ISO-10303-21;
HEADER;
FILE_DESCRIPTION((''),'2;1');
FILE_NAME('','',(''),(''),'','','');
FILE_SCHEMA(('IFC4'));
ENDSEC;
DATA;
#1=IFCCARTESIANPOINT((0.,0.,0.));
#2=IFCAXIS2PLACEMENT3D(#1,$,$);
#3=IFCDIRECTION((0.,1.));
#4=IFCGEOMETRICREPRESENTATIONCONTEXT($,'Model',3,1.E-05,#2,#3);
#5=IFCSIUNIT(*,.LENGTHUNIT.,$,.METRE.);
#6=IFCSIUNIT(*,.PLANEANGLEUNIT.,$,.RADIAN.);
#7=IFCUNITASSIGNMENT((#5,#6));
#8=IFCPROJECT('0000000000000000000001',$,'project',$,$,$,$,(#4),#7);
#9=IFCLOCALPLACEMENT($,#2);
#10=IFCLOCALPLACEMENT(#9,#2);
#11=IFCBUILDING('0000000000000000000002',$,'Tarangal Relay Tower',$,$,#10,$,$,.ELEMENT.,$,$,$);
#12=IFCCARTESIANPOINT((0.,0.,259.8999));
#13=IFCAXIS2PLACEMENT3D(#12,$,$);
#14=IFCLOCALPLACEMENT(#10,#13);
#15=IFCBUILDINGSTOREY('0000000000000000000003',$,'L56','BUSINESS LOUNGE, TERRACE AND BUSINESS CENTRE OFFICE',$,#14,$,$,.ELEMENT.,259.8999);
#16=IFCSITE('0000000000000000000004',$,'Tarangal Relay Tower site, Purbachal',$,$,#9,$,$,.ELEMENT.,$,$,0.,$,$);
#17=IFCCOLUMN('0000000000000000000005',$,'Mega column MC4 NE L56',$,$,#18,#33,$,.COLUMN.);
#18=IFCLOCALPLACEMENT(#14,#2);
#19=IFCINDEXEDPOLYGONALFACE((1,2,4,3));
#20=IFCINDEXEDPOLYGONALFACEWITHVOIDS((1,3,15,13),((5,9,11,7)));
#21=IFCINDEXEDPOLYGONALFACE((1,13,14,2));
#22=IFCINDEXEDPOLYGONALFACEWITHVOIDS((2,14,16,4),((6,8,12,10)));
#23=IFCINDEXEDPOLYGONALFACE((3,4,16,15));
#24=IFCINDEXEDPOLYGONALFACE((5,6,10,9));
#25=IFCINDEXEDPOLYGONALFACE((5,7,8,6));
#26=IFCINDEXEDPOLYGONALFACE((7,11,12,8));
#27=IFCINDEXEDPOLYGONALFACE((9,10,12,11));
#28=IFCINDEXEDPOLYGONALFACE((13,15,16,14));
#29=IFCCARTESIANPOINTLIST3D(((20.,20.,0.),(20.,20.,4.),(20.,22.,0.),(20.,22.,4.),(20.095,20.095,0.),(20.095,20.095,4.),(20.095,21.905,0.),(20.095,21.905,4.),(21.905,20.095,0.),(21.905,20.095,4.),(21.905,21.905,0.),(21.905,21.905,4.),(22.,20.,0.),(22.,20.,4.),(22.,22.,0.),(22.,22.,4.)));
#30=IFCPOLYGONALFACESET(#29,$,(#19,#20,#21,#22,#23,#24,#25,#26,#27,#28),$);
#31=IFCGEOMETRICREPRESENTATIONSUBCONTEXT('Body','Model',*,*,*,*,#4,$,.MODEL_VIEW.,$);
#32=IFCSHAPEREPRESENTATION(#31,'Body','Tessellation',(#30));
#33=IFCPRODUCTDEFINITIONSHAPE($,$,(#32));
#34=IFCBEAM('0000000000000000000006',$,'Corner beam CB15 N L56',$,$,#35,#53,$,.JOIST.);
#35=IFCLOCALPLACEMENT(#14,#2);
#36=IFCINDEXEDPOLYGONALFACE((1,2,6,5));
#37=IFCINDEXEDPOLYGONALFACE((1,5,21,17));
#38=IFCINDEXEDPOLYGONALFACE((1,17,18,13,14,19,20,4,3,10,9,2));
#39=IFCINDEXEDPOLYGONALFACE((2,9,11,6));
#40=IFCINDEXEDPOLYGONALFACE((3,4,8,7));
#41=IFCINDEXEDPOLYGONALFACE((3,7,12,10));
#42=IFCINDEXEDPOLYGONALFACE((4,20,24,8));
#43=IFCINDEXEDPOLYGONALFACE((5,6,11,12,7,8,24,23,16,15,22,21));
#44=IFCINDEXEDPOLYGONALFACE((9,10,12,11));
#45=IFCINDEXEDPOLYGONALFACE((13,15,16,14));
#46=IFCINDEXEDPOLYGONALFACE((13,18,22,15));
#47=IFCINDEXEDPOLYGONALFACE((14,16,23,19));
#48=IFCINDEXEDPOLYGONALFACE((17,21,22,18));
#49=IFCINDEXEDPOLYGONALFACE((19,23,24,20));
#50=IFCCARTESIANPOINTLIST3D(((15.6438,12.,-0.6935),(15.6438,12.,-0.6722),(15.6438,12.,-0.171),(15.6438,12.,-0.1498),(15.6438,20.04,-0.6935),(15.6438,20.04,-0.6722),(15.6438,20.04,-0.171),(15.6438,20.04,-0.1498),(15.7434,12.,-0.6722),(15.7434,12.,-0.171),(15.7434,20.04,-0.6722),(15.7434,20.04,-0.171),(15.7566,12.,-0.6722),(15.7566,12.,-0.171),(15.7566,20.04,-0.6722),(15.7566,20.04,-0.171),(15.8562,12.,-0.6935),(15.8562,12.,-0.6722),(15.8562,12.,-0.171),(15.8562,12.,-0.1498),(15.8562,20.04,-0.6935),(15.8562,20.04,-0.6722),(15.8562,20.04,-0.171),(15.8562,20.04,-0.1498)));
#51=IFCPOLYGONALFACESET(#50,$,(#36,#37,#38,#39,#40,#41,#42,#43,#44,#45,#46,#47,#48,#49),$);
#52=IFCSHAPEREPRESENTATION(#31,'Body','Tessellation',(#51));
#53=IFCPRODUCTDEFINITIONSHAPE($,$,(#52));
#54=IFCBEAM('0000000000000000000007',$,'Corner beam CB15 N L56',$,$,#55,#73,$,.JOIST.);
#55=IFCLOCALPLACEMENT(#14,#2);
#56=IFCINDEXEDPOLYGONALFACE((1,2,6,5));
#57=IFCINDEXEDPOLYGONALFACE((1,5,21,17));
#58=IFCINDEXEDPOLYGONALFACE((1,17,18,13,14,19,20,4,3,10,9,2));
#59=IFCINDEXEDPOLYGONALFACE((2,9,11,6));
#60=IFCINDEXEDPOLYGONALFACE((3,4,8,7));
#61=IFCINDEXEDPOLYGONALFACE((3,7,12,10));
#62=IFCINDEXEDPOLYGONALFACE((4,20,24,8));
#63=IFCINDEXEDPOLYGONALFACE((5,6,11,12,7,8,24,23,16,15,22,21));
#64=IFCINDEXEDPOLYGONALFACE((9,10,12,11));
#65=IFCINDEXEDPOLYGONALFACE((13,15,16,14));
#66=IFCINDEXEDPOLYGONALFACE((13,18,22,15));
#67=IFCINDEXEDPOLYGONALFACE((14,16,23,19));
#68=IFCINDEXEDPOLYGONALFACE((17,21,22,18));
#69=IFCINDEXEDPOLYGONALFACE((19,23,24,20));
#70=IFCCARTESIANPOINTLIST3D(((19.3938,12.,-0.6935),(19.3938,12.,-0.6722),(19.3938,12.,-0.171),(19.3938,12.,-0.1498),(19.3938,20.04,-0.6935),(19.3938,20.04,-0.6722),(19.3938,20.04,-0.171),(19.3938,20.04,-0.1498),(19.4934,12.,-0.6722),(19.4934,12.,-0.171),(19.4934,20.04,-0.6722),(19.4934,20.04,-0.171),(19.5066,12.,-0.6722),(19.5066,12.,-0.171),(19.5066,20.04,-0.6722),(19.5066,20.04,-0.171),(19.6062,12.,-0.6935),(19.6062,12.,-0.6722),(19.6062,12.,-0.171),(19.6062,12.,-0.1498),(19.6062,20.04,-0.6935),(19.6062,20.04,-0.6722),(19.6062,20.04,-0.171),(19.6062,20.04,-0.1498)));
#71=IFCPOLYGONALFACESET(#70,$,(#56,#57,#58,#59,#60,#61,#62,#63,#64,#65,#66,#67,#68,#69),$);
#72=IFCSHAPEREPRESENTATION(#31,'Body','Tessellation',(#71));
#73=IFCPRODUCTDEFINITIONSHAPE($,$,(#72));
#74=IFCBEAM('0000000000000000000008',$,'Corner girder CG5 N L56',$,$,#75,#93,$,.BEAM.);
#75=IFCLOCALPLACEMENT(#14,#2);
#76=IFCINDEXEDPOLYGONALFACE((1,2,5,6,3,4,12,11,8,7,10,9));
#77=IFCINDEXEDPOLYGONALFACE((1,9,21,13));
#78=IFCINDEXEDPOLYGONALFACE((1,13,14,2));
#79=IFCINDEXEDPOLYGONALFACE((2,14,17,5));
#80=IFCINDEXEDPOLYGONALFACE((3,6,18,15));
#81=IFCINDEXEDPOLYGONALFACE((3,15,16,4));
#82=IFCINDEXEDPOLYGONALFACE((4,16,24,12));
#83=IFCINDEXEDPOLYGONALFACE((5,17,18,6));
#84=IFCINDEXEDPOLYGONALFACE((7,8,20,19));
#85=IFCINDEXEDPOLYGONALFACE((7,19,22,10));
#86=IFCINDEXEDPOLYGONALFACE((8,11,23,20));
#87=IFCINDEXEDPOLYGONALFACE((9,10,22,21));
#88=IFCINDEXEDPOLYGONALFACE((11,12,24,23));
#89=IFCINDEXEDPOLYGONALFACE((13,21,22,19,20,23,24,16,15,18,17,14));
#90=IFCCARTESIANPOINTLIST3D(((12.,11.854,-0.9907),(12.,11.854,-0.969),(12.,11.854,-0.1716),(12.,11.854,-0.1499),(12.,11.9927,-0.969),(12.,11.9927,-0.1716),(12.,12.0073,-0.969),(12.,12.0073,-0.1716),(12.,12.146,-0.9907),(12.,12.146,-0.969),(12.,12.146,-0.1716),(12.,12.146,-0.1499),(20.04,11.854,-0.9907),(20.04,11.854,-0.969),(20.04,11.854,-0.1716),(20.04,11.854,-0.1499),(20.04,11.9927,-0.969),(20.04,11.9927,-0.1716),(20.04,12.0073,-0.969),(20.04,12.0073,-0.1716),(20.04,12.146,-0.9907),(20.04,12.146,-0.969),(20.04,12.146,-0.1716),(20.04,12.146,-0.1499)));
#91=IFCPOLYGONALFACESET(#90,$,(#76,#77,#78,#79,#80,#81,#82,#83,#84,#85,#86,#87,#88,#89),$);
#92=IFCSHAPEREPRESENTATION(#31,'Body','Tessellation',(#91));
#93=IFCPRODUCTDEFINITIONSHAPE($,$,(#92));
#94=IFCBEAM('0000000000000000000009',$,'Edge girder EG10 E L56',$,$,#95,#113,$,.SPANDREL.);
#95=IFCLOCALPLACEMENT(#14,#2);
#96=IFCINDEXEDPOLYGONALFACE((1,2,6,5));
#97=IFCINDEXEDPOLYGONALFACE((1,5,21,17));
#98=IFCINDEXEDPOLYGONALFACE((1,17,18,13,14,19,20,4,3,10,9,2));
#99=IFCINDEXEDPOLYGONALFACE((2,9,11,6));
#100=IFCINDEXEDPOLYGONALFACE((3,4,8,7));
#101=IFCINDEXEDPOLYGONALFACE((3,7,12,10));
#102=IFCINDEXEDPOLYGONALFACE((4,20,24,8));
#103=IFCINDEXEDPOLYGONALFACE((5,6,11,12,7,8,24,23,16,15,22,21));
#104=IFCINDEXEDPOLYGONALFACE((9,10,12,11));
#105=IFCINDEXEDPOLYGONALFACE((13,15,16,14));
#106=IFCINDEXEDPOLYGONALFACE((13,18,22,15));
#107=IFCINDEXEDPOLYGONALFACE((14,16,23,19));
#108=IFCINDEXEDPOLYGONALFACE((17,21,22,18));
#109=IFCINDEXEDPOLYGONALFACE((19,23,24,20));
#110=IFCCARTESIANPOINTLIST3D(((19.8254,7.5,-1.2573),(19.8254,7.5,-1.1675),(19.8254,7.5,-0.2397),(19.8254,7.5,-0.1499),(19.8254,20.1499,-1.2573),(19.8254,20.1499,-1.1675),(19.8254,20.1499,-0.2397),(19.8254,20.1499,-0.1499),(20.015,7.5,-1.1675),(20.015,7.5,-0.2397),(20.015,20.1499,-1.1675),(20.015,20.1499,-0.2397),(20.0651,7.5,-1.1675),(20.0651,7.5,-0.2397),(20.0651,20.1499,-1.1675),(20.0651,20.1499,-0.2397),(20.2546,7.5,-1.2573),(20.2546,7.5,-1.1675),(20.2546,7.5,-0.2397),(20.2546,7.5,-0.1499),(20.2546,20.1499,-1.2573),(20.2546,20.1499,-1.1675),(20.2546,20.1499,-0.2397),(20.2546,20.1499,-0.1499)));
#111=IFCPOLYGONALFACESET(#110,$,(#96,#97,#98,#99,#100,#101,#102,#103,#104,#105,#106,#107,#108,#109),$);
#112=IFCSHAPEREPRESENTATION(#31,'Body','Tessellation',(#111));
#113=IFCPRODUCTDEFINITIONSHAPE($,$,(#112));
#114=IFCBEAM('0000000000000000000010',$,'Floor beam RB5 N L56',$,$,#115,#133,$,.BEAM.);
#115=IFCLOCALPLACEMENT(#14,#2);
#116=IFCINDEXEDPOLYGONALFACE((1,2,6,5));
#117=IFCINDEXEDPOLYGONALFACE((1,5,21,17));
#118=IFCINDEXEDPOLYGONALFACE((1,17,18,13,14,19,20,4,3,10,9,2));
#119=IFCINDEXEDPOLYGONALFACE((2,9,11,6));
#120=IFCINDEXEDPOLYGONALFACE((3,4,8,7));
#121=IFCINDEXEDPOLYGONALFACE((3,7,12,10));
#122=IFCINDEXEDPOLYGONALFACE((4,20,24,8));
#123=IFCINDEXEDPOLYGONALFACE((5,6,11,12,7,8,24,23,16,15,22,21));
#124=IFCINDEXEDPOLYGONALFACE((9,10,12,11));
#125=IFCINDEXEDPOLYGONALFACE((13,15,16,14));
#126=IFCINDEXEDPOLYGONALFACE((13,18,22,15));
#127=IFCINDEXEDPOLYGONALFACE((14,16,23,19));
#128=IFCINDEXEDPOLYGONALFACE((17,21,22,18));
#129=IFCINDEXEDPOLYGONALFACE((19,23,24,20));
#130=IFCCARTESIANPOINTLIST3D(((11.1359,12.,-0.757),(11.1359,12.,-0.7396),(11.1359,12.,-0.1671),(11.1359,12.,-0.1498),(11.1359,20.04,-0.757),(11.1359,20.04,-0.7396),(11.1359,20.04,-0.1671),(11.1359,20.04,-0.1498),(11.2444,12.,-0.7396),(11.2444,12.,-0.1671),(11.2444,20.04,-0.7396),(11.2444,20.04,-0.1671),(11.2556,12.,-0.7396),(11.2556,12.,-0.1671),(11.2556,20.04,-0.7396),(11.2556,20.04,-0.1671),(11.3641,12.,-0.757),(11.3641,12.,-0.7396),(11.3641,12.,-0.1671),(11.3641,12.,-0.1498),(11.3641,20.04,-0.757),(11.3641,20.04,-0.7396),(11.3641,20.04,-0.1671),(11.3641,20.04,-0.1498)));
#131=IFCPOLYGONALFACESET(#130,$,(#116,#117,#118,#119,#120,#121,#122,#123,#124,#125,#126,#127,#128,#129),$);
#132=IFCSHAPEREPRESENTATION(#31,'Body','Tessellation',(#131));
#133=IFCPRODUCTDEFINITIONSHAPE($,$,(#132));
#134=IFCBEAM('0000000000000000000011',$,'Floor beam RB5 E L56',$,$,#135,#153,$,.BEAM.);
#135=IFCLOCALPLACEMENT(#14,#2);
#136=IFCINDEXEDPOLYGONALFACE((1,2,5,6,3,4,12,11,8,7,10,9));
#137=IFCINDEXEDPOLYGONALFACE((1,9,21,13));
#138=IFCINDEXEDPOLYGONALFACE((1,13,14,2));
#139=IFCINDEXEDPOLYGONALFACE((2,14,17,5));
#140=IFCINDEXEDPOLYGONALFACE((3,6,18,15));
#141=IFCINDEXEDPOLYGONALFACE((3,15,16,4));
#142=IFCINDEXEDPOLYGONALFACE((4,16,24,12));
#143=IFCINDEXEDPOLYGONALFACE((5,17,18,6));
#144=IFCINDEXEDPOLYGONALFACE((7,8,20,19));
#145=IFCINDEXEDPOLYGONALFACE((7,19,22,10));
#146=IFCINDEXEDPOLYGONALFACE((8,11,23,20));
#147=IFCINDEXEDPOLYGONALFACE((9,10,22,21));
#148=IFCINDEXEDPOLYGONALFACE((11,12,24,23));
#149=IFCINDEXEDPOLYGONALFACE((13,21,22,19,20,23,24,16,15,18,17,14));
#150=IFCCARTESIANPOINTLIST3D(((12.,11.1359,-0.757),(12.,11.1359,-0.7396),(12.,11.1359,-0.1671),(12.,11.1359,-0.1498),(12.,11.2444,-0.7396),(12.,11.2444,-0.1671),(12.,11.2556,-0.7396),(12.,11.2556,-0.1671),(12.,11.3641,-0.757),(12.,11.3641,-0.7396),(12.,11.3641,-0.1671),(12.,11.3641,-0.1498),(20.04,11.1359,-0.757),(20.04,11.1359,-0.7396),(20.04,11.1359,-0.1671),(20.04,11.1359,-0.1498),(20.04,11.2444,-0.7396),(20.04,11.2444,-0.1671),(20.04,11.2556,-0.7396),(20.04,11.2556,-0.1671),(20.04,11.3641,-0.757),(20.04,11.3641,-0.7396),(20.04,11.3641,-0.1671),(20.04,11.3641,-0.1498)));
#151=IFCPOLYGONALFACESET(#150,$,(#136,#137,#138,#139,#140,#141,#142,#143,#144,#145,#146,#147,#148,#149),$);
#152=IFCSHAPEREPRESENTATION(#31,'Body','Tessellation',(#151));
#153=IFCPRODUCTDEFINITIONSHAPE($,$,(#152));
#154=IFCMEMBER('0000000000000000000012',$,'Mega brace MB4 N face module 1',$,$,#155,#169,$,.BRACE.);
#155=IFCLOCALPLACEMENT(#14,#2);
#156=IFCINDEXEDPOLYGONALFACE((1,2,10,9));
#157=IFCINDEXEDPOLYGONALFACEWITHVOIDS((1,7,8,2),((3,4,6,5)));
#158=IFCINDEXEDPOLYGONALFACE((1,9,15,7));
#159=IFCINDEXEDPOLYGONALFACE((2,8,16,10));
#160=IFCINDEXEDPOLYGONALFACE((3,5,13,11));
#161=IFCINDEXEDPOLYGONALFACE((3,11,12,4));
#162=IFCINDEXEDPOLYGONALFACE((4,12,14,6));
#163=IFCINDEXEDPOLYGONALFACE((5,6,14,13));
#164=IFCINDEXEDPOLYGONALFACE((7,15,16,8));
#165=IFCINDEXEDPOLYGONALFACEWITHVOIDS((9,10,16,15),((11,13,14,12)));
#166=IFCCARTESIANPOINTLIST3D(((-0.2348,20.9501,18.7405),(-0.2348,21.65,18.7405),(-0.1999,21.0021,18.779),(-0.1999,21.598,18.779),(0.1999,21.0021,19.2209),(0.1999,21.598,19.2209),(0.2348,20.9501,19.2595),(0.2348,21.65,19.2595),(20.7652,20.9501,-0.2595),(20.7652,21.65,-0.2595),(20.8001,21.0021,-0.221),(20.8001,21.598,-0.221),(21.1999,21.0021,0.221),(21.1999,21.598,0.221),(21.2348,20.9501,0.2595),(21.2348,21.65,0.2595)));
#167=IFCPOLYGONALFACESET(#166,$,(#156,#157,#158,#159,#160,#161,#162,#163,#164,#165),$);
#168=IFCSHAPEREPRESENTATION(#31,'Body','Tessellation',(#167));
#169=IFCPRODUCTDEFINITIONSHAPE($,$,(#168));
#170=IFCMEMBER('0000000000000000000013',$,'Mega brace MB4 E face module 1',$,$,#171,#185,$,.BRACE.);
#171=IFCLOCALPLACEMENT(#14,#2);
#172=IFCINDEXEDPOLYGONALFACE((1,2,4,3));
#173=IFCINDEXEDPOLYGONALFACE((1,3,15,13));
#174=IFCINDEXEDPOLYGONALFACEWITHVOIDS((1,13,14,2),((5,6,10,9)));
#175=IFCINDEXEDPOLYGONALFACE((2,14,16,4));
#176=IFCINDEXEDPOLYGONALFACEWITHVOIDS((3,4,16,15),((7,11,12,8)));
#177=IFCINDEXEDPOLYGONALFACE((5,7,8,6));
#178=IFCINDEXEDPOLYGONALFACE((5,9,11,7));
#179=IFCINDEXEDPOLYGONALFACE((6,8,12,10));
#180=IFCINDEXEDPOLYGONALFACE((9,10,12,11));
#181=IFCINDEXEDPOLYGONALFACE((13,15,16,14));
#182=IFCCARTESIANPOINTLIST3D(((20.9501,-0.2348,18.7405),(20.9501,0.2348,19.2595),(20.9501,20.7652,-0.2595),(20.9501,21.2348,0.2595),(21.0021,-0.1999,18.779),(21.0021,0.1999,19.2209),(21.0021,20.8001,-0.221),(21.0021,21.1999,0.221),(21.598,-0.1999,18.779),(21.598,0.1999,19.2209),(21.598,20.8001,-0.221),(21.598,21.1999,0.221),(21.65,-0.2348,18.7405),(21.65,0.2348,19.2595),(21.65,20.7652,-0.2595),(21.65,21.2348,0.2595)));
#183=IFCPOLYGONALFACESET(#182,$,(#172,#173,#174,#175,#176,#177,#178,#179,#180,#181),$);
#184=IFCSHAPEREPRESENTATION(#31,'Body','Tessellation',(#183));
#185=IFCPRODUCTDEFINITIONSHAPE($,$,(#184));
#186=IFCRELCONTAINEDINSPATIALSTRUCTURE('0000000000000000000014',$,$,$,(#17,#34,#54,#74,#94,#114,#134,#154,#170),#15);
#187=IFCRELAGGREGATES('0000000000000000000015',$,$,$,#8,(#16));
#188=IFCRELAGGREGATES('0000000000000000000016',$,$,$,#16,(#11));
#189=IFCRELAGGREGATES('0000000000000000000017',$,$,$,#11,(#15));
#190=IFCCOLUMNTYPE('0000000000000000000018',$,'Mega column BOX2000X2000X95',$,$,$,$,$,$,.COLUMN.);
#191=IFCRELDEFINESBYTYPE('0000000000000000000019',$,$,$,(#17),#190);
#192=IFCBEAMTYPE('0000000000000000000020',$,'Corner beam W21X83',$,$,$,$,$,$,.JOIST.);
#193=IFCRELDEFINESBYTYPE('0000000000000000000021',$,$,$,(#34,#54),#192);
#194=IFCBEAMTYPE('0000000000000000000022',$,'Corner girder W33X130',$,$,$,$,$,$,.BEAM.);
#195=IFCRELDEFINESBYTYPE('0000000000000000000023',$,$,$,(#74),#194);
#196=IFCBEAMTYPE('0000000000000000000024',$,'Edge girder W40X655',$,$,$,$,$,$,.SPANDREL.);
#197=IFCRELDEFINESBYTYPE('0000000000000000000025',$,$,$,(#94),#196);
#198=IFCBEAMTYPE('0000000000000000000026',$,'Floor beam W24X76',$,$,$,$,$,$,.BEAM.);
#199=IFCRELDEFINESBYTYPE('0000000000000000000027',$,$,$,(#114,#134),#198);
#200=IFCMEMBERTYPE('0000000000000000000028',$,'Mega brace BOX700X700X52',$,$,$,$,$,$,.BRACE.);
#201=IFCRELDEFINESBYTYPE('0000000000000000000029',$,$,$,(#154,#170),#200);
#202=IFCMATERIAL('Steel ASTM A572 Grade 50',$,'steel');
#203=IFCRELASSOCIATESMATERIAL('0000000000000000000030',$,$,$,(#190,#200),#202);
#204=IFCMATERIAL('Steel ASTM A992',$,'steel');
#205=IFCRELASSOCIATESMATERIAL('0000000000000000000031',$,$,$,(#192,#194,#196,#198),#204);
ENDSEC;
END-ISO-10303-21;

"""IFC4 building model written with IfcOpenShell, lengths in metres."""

from ifc_helpers import new_model, si_unit, direction, frame, origin, origin_2d, place, context, subcontext, project, spatial, hollow_rectangle, i_section, extrude, material, material_profile, profile_set, type_object, element, save


model = new_model("IFC4")

# Units and contexts
model_context = context("Model", 3, precision=1e-05, world=origin(), true_north=direction((0.0, 1.0)))
body_context = subcontext(model_context, "Body", "Model", "MODEL_VIEW")
ifc_project = project(units=[si_unit("LENGTHUNIT", "METRE"), si_unit("PLANEANGLEUNIT", "RADIAN")], contexts=[model_context])

# Site, building, storey
site_placement = place(None, origin())
site = spatial("IfcSite", under=ifc_project, at=site_placement, Name="Tarangal Relay Tower site, Purbachal", CompositionType="ELEMENT", RefElevation=0.0)
building_placement = place(site_placement, origin())
building = spatial("IfcBuilding", under=site, at=building_placement, Name="Tarangal Relay Tower", CompositionType="ELEMENT")
storey_placement = place(building_placement, frame((0.0, 0.0, 259.8999)))
storey = spatial("IfcBuildingStorey", under=building, at=storey_placement, Name="L56", Description="BUSINESS LOUNGE, TERRACE AND BUSINESS CENTRE OFFICE", CompositionType="ELEMENT", Elevation=259.8999)

# Column
ifc_material_1 = material(Name="Steel ASTM A572 Grade 50", Category="steel")
ifc_material_profile_1 = material_profile(ifc_material_1, hollow_rectangle(XDim=2.0, YDim=2.0, WallThickness=0.095, at=origin_2d()), Name="BOX2000X2000X95")
ifc_profile_set_1 = profile_set([ifc_material_profile_1], Name="Steel ASTM A572 Grade 50")
column_type = type_object("IfcColumnType", Name="Mega column BOX2000X2000X95", PredefinedType="COLUMN", material=ifc_profile_set_1)
column_placement = place(storey_placement, frame((21.0, 21.0, 0.0), z_axis=(0.0, 0.0, 1.0), x_axis=(1.0, 0.0, 0.0)))
element("IfcColumn", 1, at=column_placement, inside=storey, type_object=column_type, Name="Mega column MC4 NE L56", PredefinedType="COLUMN", context=body_context, shape_type="SweptSolid", body=[
    extrude(hollow_rectangle(XDim=2.0, YDim=2.0, WallThickness=0.095, at=origin_2d()), origin(), (0.0, 0.0, 1.0), 4.0),
])

# Beams
ifc_material_2 = material(Name="Steel ASTM A992", Category="steel")
ifc_material_profile_2 = material_profile(ifc_material_2, i_section(OverallWidth=0.2124, OverallDepth=0.5437, WebThickness=0.0132, FlangeThickness=0.0212, at=origin_2d()), Name="W21X83")
ifc_profile_set_2 = profile_set([ifc_material_profile_2], Name="Steel ASTM A992")
beam_type_1 = type_object("IfcBeamType", Name="Corner beam W21X83", PredefinedType="JOIST", material=ifc_profile_set_2)
for number, where, z_axis, x_axis, name in (
    (2, (15.75, 12.0, -0.4216), (0.0, 1.0, 0.0), (-1.0, 0.0, 0.0), "Corner beam CB15 N L56"),
    (3, (19.5, 12.0, -0.4216), (0.0, 1.0, 0.0), (-1.0, 0.0, 0.0), "Corner beam CB15 N L56"),
):
    element("IfcBeam", number, at=place(storey_placement, frame(where, z_axis=z_axis, x_axis=x_axis)), inside=storey, type_object=beam_type_1, Name=name, PredefinedType="JOIST", context=body_context, shape_type="SweptSolid", body=[
        extrude(i_section(OverallWidth=0.2124, OverallDepth=0.5437, WebThickness=0.0132, FlangeThickness=0.0212, at=origin_2d()), origin(), (0.0, 0.0, 1.0), 8.04),
    ])
ifc_material_profile_3 = material_profile(ifc_material_2, i_section(OverallWidth=0.292, OverallDepth=0.8408, WebThickness=0.0146, FlangeThickness=0.0217, at=origin_2d()), Name="W33X130")
ifc_profile_set_3 = profile_set([ifc_material_profile_3], Name="Steel ASTM A992")
beam_type_2 = type_object("IfcBeamType", Name="Corner girder W33X130", PredefinedType="BEAM", material=ifc_profile_set_3)
beam_1_placement = place(storey_placement, frame((12.0, 12.0, -0.5703), z_axis=(1.0, 0.0, 0.0), x_axis=(0.0, 1.0, 0.0)))
element("IfcBeam", 4, at=beam_1_placement, inside=storey, type_object=beam_type_2, Name="Corner girder CG5 N L56", PredefinedType="BEAM", context=body_context, shape_type="SweptSolid", body=[
    extrude(i_section(OverallWidth=0.292, OverallDepth=0.8408, WebThickness=0.0146, FlangeThickness=0.0217, at=origin_2d()), origin(), (0.0, 0.0, 1.0), 8.04),
])
ifc_material_profile_4 = material_profile(ifc_material_2, i_section(OverallWidth=0.4292, OverallDepth=1.1074, WebThickness=0.05, FlangeThickness=0.0898, at=origin_2d()), Name="W40X655")
ifc_profile_set_4 = profile_set([ifc_material_profile_4], Name="Steel ASTM A992")
beam_type_3 = type_object("IfcBeamType", Name="Edge girder W40X655", PredefinedType="SPANDREL", material=ifc_profile_set_4)
beam_2_placement = place(storey_placement, frame((20.04, 20.1499, -0.7036), z_axis=(0.0, -1.0, 0.0), x_axis=(1.0, 0.0, 0.0)))
element("IfcBeam", 5, at=beam_2_placement, inside=storey, type_object=beam_type_3, Name="Edge girder EG10 E L56", PredefinedType="SPANDREL", context=body_context, shape_type="SweptSolid", body=[
    extrude(i_section(OverallWidth=0.4292, OverallDepth=1.1074, WebThickness=0.05, FlangeThickness=0.0898, at=origin_2d()), origin(), (0.0, 0.0, 1.0), 12.6499),
])
ifc_material_profile_5 = material_profile(ifc_material_2, i_section(OverallWidth=0.2283, OverallDepth=0.6072, WebThickness=0.0112, FlangeThickness=0.0173, at=origin_2d()), Name="W24X76")
ifc_profile_set_5 = profile_set([ifc_material_profile_5], Name="Steel ASTM A992")
beam_type_4 = type_object("IfcBeamType", Name="Floor beam W24X76", PredefinedType="BEAM", material=ifc_profile_set_5)
for number, where, z_axis, x_axis, name in (
    (6, (11.25, 12.0, -0.4534), (0.0, 1.0, 0.0), (-1.0, 0.0, 0.0), "Floor beam RB5 N L56"),
    (7, (12.0, 11.25, -0.4534), (1.0, 0.0, 0.0), (0.0, 1.0, 0.0), "Floor beam RB5 E L56"),
):
    element("IfcBeam", number, at=place(storey_placement, frame(where, z_axis=z_axis, x_axis=x_axis)), inside=storey, type_object=beam_type_4, Name=name, PredefinedType="BEAM", context=body_context, shape_type="SweptSolid", body=[
        extrude(i_section(OverallWidth=0.2283, OverallDepth=0.6072, WebThickness=0.0112, FlangeThickness=0.0173, at=origin_2d()), origin(), (0.0, 0.0, 1.0), 8.04),
    ])

# Members
ifc_material_profile_6 = material_profile(ifc_material_1, hollow_rectangle(XDim=0.7, YDim=0.7, WallThickness=0.052, at=origin_2d()), Name="BOX700X700X52")
ifc_profile_set_6 = profile_set([ifc_material_profile_6], Name="Steel ASTM A572 Grade 50")
member_type_1 = type_object("IfcMemberType", Name="Mega brace BOX700X700X52", PredefinedType="BRACE", material=ifc_profile_set_6)
for number, where, z_axis, x_axis, name in (
    (8, (21.0, 21.3, 0.0), (-0.741536, 0.0, 0.670913), (0.0, -1.0, 0.0), "Mega brace MB4 N face module 1"),
    (9, (21.3, 21.0, 0.0), (0.0, -0.741536, 0.670913), (1.0, 0.0, 0.0), "Mega brace MB4 E face module 1"),
):
    element("IfcMember", number, at=place(storey_placement, frame(where, z_axis=z_axis, x_axis=x_axis)), inside=storey, type_object=member_type_1, Name=name, PredefinedType="BRACE", context=body_context, shape_type="SweptSolid", body=[
        extrude(hollow_rectangle(XDim=0.7, YDim=0.7, WallThickness=0.052, at=origin_2d()), origin(), (0.0, 0.0, 1.0), 28.3196),
    ])

save(model, "model.ifc")
